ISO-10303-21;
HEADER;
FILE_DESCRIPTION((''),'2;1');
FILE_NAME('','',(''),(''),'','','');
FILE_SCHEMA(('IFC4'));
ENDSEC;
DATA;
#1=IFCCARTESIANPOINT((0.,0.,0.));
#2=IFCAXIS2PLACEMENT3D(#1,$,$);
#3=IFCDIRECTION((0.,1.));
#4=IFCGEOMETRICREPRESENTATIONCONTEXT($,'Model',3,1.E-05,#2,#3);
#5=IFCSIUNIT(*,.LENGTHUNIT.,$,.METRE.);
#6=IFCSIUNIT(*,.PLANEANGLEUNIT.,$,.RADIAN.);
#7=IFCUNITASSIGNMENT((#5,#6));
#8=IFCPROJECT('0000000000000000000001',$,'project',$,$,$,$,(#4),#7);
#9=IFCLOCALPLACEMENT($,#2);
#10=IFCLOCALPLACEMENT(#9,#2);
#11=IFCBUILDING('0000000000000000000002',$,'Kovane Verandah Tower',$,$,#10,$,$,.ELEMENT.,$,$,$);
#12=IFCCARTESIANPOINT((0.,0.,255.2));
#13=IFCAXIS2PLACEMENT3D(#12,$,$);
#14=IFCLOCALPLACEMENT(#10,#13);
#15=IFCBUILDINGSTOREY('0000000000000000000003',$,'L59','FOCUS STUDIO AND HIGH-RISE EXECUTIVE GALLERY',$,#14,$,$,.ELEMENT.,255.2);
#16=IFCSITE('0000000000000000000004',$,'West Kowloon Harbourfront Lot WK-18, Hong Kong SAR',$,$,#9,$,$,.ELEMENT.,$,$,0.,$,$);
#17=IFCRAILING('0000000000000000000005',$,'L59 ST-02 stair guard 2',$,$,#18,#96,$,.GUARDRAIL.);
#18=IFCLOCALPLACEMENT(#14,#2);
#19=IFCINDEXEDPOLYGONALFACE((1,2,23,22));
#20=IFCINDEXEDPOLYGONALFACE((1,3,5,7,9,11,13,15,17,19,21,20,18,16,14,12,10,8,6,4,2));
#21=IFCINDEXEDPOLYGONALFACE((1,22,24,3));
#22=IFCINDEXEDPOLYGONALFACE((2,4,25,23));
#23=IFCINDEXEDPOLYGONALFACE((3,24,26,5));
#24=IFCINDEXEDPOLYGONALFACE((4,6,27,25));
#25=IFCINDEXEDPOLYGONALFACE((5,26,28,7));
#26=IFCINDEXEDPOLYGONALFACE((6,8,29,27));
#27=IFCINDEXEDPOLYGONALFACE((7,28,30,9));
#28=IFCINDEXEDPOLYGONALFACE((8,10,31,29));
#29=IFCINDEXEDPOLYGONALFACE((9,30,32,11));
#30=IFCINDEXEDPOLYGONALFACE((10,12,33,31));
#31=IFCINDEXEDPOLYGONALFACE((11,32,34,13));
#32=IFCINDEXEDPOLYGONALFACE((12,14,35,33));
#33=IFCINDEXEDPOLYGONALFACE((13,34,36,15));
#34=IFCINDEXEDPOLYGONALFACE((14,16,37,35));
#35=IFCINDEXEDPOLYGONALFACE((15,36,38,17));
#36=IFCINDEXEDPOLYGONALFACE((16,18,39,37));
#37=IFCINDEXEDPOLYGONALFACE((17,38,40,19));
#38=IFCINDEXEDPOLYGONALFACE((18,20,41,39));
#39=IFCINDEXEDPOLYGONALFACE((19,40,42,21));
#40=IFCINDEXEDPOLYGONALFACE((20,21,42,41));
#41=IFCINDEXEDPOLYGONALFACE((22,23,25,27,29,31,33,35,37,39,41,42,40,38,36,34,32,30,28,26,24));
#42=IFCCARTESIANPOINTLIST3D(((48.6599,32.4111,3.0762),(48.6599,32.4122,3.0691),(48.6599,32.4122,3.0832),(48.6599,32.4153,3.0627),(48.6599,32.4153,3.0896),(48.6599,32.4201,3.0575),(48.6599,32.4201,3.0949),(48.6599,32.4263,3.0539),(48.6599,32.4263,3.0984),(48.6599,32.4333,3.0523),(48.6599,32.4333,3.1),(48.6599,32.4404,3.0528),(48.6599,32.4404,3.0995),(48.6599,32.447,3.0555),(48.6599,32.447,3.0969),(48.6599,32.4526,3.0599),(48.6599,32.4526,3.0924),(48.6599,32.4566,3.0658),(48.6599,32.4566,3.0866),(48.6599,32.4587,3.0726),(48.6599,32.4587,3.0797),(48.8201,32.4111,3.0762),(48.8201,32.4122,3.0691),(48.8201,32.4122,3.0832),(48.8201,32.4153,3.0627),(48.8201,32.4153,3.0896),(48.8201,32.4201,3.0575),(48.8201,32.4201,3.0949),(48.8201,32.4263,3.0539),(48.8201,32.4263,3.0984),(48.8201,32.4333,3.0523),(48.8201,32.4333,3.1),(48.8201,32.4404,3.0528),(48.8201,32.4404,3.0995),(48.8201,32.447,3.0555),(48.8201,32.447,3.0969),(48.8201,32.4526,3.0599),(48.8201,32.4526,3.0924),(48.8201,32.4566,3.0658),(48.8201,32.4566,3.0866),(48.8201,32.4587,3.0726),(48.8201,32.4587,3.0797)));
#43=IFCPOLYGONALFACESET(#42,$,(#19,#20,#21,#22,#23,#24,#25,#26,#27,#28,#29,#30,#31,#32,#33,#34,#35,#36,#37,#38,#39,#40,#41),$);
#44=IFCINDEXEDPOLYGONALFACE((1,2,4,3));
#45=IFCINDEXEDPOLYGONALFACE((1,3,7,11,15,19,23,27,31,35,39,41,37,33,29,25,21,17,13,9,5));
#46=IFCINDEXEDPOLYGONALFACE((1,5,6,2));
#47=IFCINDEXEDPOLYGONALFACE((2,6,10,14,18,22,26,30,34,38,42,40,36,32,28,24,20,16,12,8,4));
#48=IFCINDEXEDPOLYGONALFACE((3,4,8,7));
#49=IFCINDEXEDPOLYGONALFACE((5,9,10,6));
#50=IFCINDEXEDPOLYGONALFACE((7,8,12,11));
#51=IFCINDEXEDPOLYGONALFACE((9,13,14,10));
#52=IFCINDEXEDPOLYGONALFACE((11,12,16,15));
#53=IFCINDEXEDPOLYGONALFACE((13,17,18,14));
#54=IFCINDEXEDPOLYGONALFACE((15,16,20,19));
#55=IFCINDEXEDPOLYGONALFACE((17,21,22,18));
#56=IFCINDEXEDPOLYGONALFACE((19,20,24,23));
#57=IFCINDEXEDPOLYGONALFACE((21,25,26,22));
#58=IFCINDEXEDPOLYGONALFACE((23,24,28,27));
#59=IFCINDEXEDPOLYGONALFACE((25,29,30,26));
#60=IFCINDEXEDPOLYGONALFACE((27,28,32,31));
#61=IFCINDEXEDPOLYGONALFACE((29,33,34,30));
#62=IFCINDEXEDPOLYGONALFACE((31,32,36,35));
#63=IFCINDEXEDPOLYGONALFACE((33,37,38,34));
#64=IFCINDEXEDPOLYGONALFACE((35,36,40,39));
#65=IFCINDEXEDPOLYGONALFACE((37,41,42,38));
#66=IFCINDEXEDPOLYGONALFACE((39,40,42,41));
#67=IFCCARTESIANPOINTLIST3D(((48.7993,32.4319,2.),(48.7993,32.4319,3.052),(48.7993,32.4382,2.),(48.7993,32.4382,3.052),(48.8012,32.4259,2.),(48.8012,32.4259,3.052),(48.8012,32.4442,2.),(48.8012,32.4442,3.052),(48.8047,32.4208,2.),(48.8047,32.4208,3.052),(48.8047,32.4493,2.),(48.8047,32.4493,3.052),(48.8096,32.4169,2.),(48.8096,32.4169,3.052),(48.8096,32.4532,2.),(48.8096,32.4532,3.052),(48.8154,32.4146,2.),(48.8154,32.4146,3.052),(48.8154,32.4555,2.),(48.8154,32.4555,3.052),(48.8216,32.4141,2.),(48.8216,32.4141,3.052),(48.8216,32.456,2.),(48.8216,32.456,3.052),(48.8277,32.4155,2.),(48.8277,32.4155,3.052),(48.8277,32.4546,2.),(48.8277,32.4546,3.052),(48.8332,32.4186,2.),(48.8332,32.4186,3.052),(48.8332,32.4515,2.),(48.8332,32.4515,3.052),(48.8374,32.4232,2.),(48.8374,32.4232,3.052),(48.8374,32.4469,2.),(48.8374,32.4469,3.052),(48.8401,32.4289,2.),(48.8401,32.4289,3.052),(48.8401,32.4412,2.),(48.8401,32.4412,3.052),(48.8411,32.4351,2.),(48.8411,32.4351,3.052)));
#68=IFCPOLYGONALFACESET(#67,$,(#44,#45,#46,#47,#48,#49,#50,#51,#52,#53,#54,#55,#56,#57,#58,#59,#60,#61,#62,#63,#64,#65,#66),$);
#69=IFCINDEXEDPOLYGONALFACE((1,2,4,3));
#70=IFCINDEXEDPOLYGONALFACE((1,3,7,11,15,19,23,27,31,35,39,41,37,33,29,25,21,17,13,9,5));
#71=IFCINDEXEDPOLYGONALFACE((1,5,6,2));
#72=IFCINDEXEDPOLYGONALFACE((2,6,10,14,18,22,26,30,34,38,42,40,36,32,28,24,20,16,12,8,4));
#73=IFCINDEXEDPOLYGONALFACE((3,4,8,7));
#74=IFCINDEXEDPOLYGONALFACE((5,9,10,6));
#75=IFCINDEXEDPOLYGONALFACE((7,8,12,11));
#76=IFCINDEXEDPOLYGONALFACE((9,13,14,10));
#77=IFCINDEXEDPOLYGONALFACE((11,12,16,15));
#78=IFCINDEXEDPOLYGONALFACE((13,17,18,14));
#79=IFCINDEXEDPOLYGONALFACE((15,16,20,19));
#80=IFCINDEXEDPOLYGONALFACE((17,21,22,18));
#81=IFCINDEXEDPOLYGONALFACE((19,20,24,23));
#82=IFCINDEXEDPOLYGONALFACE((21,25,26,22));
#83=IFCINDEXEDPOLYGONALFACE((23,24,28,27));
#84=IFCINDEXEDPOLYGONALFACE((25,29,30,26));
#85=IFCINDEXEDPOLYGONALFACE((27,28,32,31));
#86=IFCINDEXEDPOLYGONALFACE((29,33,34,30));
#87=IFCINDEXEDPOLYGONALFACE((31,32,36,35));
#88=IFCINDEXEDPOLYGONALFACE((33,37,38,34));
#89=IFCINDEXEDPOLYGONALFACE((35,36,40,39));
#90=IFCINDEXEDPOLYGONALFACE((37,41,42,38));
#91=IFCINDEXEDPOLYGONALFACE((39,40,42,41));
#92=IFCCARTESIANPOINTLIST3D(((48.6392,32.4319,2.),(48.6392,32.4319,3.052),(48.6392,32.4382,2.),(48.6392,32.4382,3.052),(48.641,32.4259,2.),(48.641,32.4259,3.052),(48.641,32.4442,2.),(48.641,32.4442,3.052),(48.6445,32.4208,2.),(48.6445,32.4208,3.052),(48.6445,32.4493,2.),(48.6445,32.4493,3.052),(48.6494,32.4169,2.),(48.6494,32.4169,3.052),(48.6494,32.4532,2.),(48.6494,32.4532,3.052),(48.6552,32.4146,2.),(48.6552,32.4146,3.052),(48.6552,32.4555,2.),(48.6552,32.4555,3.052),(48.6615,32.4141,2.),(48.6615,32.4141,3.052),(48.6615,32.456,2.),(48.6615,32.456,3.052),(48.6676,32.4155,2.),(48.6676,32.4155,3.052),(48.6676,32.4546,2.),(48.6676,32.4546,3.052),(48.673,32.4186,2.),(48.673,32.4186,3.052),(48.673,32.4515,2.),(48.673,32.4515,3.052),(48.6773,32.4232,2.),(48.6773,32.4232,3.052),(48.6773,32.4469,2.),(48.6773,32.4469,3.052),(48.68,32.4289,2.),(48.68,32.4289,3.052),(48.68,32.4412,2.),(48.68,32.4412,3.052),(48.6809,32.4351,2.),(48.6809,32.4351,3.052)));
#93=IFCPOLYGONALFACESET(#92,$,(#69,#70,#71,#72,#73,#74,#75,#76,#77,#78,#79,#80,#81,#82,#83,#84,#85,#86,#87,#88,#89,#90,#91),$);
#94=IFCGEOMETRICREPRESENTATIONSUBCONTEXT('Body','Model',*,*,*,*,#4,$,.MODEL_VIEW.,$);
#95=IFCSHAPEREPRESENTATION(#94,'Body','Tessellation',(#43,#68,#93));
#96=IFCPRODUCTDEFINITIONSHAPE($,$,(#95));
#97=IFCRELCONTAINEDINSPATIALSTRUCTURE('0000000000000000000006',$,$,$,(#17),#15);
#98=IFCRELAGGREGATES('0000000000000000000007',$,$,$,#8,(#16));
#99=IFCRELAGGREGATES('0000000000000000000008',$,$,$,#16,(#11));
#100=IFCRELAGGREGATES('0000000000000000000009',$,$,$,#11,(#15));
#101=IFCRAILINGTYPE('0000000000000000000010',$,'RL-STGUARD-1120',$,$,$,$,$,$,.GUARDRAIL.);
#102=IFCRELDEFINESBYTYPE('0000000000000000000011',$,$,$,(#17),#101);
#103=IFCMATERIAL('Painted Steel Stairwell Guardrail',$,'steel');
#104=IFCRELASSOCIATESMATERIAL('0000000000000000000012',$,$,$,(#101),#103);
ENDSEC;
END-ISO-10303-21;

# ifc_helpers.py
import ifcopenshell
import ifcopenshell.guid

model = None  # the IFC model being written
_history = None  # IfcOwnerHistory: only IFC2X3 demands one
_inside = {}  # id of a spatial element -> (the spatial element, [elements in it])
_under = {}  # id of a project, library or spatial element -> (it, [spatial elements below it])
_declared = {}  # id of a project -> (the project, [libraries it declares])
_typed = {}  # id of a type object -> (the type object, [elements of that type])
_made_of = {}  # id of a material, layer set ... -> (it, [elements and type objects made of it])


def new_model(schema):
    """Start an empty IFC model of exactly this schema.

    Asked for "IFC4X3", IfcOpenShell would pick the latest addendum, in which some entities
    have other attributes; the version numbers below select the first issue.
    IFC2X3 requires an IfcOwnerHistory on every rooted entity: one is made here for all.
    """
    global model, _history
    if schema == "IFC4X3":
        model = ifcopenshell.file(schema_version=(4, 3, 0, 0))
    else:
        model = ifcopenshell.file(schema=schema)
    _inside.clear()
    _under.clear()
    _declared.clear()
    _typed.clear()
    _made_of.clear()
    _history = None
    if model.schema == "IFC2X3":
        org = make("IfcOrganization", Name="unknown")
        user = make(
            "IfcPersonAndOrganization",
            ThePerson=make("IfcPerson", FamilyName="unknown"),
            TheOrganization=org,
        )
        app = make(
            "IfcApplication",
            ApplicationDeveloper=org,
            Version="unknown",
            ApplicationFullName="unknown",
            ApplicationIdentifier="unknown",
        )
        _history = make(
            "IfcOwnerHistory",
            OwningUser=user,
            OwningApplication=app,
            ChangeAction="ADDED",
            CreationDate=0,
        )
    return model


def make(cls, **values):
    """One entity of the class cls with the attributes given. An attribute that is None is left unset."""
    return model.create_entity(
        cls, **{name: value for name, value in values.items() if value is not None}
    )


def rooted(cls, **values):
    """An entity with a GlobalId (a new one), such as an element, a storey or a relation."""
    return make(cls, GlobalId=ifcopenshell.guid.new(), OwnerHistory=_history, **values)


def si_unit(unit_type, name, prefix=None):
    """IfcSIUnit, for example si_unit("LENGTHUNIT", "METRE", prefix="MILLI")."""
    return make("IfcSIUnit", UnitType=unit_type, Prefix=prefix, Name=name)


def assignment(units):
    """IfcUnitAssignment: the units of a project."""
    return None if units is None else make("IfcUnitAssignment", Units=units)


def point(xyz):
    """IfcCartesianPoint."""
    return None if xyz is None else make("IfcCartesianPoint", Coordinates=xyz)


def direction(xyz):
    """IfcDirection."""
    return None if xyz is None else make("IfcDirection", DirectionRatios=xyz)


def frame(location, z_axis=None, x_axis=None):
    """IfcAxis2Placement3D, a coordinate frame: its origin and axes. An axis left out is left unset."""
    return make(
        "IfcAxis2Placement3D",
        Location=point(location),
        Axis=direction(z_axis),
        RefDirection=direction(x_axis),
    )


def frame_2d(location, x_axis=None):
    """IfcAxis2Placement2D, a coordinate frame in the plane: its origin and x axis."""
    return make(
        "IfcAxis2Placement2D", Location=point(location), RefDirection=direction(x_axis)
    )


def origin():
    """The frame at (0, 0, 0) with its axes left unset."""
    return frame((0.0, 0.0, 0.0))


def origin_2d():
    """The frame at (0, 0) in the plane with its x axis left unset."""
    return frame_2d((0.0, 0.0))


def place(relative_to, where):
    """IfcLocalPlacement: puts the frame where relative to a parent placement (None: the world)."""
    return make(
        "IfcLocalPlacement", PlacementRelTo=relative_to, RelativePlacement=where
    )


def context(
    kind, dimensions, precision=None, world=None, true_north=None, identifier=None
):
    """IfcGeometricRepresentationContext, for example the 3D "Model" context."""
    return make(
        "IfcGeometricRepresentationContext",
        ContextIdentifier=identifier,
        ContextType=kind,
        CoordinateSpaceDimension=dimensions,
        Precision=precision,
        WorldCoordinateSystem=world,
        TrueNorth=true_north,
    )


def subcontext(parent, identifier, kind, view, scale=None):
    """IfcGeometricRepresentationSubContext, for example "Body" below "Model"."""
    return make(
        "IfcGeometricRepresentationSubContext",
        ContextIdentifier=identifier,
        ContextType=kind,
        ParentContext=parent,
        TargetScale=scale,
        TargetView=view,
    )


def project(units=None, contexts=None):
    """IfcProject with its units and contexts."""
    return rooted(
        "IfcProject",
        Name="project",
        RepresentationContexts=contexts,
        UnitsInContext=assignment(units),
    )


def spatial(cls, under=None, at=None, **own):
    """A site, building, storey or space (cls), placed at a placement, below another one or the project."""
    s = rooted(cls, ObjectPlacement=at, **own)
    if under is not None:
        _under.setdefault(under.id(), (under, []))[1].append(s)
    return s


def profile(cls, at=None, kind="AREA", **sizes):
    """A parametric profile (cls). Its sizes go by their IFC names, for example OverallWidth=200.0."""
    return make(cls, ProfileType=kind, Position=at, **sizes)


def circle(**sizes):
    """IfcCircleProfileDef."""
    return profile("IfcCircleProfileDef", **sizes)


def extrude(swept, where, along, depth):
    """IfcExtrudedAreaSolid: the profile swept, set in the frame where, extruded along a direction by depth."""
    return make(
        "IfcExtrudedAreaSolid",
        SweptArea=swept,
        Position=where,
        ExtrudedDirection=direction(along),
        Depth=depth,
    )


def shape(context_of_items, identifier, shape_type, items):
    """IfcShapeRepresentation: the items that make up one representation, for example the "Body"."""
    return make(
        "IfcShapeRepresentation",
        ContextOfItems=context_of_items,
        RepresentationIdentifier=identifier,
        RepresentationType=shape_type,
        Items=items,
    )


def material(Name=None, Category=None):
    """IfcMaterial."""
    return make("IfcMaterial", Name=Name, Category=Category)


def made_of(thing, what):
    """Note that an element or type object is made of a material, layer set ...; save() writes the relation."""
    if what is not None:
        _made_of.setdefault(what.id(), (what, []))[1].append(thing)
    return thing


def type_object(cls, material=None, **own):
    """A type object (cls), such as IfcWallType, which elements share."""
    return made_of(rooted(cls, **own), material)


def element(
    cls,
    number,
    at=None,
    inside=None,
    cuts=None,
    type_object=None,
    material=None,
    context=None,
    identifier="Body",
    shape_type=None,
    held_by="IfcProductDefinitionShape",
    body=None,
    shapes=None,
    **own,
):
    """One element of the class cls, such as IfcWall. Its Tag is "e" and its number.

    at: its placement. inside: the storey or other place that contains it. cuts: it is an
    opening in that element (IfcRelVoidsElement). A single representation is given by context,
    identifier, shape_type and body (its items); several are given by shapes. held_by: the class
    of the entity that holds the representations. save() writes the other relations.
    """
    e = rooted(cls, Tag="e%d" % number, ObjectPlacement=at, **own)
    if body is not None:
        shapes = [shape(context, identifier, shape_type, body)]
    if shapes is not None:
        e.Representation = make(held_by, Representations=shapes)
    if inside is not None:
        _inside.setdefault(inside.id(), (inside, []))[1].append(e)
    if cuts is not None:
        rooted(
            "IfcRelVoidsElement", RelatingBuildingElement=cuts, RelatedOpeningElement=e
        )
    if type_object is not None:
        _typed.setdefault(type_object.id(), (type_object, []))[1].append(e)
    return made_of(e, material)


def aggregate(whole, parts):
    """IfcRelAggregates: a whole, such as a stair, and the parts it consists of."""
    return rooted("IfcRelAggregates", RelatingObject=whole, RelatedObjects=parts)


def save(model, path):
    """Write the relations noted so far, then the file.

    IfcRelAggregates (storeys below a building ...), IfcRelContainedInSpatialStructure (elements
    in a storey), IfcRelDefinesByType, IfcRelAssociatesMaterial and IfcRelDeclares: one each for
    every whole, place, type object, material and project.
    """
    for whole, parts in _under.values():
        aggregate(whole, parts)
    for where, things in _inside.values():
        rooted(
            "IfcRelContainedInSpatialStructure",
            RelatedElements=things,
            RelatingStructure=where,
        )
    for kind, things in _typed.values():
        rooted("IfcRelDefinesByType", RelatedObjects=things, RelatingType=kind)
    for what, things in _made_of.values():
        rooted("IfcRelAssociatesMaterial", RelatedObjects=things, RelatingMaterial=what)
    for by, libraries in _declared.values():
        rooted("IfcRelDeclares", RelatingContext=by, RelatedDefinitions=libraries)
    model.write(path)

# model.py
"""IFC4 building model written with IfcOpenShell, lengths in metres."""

from ifc_helpers import new_model, si_unit, direction, frame, origin, origin_2d, place, context, subcontext, project, spatial, circle, extrude, material, type_object, element, save


model = new_model("IFC4")

# Units and contexts
model_context = context("Model", 3, precision=1e-05, world=origin(), true_north=direction((0.0, 1.0)))
body_context = subcontext(model_context, "Body", "Model", "MODEL_VIEW")
ifc_project = project(units=[si_unit("LENGTHUNIT", "METRE"), si_unit("PLANEANGLEUNIT", "RADIAN")], contexts=[model_context])

# Site, building, storey
site_placement = place(None, origin())
site = spatial("IfcSite", under=ifc_project, at=site_placement, Name="West Kowloon Harbourfront Lot WK-18, Hong Kong SAR", CompositionType="ELEMENT", RefElevation=0.0)
building_placement = place(site_placement, origin())
building = spatial("IfcBuilding", under=site, at=building_placement, Name="Kovane Verandah Tower", CompositionType="ELEMENT")
storey_placement = place(building_placement, frame((0.0, 0.0, 255.2)))
storey = spatial("IfcBuildingStorey", under=building, at=storey_placement, Name="L59", Description="FOCUS STUDIO AND HIGH-RISE EXECUTIVE GALLERY", CompositionType="ELEMENT", Elevation=255.2)

# Railing
ifc_material_1 = material(Name="Painted Steel Stairwell Guardrail", Category="steel")
railing_type_1 = type_object("IfcRailingType", Name="RL-STGUARD-1120", PredefinedType="GUARDRAIL", material=ifc_material_1)
railing_1_placement = place(storey_placement, frame((48.8201, 32.4351, 2.0)))
element("IfcRailing", 1, at=railing_1_placement, inside=storey, type_object=railing_type_1, Name="L59 ST-02 stair guard 2", PredefinedType="GUARDRAIL", context=body_context, shape_type="SweptSolid", body=[
    extrude(circle(Radius=0.0239, at=origin_2d()), frame((0.0, 0.0, 1.0762), z_axis=(-1.0, 0.0, 0.0), x_axis=(0.0, -1.0, 0.0)), (0.0, 0.0, 1.0), 0.1602),
    extrude(circle(Radius=0.021, at=origin_2d()), origin(), (0.0, 0.0, 1.0), 1.052),
    extrude(circle(Radius=0.021, at=origin_2d()), frame((-0.1602, 0.0, 0.0)), (0.0, 0.0, 1.0), 1.052),
])

save(model, "model.ifc")
